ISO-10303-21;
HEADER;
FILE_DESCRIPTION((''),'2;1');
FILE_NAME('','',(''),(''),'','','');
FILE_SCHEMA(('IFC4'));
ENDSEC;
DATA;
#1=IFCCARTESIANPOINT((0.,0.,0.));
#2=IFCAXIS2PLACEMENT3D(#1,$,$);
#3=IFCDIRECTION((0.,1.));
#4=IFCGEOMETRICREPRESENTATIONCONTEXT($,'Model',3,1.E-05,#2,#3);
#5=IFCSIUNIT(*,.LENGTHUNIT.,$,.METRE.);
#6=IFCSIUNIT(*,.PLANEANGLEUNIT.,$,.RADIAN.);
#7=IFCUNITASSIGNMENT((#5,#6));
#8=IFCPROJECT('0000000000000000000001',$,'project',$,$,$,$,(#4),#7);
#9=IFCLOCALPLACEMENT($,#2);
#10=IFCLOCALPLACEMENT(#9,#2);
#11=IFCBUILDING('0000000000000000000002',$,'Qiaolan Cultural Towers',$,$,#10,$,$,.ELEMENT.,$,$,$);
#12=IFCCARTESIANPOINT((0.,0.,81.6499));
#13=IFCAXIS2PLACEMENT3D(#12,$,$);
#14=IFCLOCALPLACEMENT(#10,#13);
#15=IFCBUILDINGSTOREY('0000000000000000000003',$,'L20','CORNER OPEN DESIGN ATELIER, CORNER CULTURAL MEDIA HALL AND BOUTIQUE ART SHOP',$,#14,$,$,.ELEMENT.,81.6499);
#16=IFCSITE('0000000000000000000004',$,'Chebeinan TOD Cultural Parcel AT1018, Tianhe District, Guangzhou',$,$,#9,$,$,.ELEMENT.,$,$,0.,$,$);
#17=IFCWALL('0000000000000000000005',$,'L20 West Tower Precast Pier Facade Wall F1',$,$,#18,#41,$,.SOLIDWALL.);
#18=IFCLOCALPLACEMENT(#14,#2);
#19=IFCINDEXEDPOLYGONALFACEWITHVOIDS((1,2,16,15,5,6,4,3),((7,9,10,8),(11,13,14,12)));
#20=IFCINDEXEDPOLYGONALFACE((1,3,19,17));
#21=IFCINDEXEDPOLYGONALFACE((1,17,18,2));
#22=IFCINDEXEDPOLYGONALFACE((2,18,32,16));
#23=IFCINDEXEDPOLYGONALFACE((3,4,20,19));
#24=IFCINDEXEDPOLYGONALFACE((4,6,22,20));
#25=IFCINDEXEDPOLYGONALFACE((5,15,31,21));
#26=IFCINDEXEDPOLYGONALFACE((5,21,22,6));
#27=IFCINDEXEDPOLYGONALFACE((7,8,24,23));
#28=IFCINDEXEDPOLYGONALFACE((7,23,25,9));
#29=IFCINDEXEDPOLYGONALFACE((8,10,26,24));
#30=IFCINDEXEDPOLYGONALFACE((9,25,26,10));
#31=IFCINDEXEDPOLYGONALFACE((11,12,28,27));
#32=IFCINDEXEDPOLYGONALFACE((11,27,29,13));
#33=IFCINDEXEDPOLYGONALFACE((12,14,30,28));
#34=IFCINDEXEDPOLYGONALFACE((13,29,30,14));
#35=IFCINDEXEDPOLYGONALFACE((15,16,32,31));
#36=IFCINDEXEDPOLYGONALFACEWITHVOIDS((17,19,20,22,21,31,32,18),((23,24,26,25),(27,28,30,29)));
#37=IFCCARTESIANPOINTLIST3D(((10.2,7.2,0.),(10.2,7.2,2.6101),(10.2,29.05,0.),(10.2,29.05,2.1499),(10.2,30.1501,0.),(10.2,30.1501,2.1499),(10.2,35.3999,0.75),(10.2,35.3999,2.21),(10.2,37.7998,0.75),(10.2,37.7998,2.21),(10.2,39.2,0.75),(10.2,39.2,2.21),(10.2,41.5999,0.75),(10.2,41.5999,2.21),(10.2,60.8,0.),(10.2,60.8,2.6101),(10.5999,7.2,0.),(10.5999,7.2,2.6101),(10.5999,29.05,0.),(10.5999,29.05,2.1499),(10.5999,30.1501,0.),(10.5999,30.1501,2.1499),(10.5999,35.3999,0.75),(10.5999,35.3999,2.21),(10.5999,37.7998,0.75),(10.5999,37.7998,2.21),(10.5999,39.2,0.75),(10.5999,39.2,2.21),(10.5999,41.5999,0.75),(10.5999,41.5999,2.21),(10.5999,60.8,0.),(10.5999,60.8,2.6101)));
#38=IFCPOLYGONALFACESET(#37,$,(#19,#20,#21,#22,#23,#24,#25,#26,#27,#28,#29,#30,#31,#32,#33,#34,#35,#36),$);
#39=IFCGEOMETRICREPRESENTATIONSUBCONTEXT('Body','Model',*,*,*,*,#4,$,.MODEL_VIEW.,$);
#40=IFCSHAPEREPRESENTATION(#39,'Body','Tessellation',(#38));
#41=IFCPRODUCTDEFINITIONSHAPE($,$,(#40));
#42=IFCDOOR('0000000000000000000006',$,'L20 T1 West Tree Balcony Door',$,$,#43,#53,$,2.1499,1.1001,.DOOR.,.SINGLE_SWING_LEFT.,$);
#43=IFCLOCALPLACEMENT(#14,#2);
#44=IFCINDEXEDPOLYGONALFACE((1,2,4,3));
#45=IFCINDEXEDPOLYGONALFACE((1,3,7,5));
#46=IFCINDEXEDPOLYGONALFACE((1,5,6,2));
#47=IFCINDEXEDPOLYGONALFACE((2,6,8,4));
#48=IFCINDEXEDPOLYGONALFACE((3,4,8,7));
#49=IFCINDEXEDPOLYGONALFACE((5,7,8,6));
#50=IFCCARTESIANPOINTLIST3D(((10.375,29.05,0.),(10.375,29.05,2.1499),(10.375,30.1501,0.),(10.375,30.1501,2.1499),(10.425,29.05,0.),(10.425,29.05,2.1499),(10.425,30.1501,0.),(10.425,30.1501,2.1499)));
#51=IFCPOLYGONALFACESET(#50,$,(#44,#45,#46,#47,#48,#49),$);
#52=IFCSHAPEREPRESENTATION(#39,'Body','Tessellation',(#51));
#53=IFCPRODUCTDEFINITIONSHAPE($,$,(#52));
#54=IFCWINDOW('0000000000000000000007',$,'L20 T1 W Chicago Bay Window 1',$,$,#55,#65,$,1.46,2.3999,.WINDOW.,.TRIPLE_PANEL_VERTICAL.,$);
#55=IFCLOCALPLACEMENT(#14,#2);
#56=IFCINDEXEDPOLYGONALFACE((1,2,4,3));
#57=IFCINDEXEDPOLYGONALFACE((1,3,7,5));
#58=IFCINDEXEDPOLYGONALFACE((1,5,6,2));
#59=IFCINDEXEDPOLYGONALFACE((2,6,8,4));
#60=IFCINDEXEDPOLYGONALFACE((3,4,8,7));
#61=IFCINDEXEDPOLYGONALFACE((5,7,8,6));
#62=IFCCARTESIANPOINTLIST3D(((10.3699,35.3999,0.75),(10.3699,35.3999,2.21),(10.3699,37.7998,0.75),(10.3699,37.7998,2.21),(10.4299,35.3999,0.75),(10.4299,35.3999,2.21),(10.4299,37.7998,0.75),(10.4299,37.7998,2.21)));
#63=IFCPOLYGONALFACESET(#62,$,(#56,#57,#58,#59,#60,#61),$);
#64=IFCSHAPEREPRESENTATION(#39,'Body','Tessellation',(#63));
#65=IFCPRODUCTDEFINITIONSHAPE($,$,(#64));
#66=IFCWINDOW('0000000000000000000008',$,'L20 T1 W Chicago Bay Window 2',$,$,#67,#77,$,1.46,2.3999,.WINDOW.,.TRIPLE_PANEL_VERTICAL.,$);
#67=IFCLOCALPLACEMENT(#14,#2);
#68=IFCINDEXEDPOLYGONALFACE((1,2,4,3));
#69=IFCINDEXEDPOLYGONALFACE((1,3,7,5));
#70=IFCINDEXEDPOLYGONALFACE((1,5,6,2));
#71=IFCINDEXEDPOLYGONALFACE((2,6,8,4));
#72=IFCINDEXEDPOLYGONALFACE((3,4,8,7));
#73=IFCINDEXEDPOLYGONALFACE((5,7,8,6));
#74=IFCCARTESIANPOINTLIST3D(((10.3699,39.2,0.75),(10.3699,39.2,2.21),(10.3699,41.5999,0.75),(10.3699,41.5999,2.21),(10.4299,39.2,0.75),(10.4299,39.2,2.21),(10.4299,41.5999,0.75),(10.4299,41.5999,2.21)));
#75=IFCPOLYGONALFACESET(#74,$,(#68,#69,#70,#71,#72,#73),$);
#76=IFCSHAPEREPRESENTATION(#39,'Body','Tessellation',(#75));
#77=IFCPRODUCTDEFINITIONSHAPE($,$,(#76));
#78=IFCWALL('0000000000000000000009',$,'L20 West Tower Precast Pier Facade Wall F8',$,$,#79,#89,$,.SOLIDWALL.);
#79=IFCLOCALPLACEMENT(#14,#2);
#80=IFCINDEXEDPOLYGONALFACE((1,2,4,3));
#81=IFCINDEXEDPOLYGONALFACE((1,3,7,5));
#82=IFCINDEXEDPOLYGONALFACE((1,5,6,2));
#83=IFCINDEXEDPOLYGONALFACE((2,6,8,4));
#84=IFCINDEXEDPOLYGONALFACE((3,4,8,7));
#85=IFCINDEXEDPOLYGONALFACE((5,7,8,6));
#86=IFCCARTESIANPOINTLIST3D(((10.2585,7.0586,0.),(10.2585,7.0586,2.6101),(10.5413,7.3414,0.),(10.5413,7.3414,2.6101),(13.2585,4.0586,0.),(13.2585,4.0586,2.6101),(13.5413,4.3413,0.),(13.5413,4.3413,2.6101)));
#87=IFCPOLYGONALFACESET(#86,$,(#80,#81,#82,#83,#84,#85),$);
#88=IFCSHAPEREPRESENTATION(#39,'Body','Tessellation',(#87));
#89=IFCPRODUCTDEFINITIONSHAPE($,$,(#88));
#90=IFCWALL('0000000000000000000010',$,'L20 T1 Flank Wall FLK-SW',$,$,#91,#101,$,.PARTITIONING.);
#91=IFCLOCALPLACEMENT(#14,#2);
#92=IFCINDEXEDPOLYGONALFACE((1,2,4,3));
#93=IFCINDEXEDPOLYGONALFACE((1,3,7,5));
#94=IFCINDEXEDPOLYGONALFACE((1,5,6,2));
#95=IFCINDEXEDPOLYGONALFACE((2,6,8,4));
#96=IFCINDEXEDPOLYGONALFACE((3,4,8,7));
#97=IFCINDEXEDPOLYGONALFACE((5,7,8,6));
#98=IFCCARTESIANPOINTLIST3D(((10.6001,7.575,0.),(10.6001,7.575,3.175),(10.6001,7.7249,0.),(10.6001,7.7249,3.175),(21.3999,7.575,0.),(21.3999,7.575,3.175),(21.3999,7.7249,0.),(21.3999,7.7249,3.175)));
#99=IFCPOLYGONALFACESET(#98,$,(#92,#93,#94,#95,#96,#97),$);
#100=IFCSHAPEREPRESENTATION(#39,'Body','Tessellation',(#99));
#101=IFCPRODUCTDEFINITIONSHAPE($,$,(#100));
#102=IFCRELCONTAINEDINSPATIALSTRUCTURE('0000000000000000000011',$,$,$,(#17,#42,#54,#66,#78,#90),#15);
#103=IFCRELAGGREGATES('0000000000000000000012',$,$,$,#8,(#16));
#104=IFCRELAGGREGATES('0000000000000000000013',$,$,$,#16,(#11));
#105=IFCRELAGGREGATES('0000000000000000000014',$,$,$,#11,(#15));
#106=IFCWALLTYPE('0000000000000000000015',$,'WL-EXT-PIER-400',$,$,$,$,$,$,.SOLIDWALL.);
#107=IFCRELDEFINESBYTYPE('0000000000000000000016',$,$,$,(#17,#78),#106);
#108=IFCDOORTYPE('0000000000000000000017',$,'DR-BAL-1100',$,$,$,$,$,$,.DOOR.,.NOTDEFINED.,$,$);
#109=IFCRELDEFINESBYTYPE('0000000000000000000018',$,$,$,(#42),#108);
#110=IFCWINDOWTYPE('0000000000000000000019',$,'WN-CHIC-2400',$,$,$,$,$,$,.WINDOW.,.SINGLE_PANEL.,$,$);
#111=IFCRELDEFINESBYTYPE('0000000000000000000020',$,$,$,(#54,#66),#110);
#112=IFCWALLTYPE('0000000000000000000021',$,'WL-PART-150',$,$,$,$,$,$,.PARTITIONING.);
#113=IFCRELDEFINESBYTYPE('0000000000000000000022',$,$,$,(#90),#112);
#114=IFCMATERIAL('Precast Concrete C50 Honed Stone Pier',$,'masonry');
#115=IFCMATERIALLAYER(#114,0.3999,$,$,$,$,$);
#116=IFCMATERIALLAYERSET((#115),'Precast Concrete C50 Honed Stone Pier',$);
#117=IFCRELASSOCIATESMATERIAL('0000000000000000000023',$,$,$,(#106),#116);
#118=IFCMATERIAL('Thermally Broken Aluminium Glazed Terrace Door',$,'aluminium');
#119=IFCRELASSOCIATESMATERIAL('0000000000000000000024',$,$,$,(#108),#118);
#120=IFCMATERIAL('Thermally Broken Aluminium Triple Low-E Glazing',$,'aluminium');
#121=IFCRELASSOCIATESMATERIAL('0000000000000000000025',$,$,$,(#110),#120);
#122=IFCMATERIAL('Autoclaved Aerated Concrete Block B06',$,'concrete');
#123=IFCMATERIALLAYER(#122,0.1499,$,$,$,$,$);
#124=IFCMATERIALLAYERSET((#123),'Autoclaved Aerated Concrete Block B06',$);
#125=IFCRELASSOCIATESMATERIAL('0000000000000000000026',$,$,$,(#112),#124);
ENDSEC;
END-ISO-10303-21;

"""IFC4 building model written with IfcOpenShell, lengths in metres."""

from ifc_helpers import new_model, si_unit, direction, frame, frame_2d, origin, place, context, subcontext, project, spatial, rectangle, extrude, material, layer, layer_set, type_object, element, fill, save


model = new_model("IFC4")

# Units and contexts
model_context = context("Model", 3, precision=1e-05, world=origin(), true_north=direction((0.0, 1.0)))
body_context = subcontext(model_context, "Body", "Model", "MODEL_VIEW")
ifc_project = project(units=[si_unit("LENGTHUNIT", "METRE"), si_unit("PLANEANGLEUNIT", "RADIAN")], contexts=[model_context])

# Site, building, storey
site_placement = place(None, origin())
site = spatial("IfcSite", under=ifc_project, at=site_placement, Name="Chebeinan TOD Cultural Parcel AT1018, Tianhe District, Guangzhou", CompositionType="ELEMENT", RefElevation=0.0)
building_placement = place(site_placement, origin())
building = spatial("IfcBuilding", under=site, at=building_placement, Name="Qiaolan Cultural Towers", CompositionType="ELEMENT")
storey_placement = place(building_placement, frame((0.0, 0.0, 81.6499)))
storey = spatial("IfcBuildingStorey", under=building, at=storey_placement, Name="L20", Description="CORNER OPEN DESIGN ATELIER, CORNER CULTURAL MEDIA HALL AND BOUTIQUE ART SHOP", CompositionType="ELEMENT", Elevation=81.6499)

# Wall, openings, door, windows
ifc_material_1 = material(Name="Precast Concrete C50 Honed Stone Pier", Category="masonry")
ifc_layer_1 = layer(ifc_material_1, 0.3999)
ifc_layer_set_1 = layer_set([ifc_layer_1], Name="Precast Concrete C50 Honed Stone Pier")
wall_type_1 = type_object("IfcWallType", Name="WL-EXT-PIER-400", PredefinedType="SOLIDWALL", material=ifc_layer_set_1)
wall_1_placement = place(storey_placement, frame((10.3999, 7.2, 0.0), z_axis=(0.0, 0.0, 1.0), x_axis=(0.0, 1.0, 0.0)))
wall_1 = element("IfcWall", 1, at=wall_1_placement, inside=storey, type_object=wall_type_1, Name="L20 West Tower Precast Pier Facade Wall F1", PredefinedType="SOLIDWALL", context=body_context, shape_type="SweptSolid", body=[
    extrude(rectangle(XDim=53.6001, YDim=0.3999, at=frame_2d((26.8, 0.0))), origin(), (0.0, 0.0, 1.0), 2.6101),
])
opening_1_placement = place(wall_1_placement, frame((28.2, 0.0, 0.75)))
opening_1 = element("IfcOpeningElement", 2, at=opening_1_placement, cuts=wall_1, PredefinedType="OPENING", context=body_context, shape_type="SweptSolid", body=[
    extrude(rectangle(XDim=2.3999, YDim=1.46, at=frame_2d((1.2, 0.73))), frame((0.0, 0.21, 0.0), z_axis=(0.0, -1.0, 0.0), x_axis=(1.0, 0.0, 0.0)), (0.0, 0.0, 1.0), 0.4199),
])
opening_2_placement = place(wall_1_placement, frame((32.0, 0.0, 0.75)))
opening_2 = element("IfcOpeningElement", 3, at=opening_2_placement, cuts=wall_1, PredefinedType="OPENING", context=body_context, shape_type="SweptSolid", body=[
    extrude(rectangle(XDim=2.3999, YDim=1.46, at=frame_2d((1.2, 0.73))), frame((0.0, 0.21, 0.0), z_axis=(0.0, -1.0, 0.0), x_axis=(1.0, 0.0, 0.0)), (0.0, 0.0, 1.0), 0.4199),
])
opening_3_placement = place(wall_1_placement, frame((21.8501, 0.0, 0.0)))
opening_3 = element("IfcOpeningElement", 4, at=opening_3_placement, cuts=wall_1, PredefinedType="OPENING", context=body_context, shape_type="SweptSolid", body=[
    extrude(rectangle(XDim=1.1001, YDim=2.1499, at=frame_2d((0.55, 1.075))), frame((0.0, 0.21, 0.0), z_axis=(0.0, -1.0, 0.0), x_axis=(1.0, 0.0, 0.0)), (0.0, 0.0, 1.0), 0.4199),
])
ifc_material_2 = material(Name="Thermally Broken Aluminium Glazed Terrace Door", Category="aluminium")
door_type = type_object("IfcDoorType", Name="DR-BAL-1100", OperationType="NOTDEFINED", PredefinedType="DOOR", material=ifc_material_2)
door_placement = place(opening_3_placement, origin())
door = element("IfcDoor", 5, at=door_placement, inside=storey, type_object=door_type, Name="L20 T1 West Tree Balcony Door", OperationType="SINGLE_SWING_LEFT", OverallHeight=2.1499, OverallWidth=1.1001, PredefinedType="DOOR", context=body_context, shape_type="SweptSolid", body=[
    extrude(rectangle(XDim=1.1001, YDim=2.1499, at=frame_2d((0.55, 1.075))), frame((0.0, 0.0249, 0.0), z_axis=(0.0, -1.0, 0.0), x_axis=(1.0, 0.0, 0.0)), (0.0, 0.0, 1.0), 0.05),
])
fill(opening_3, door)
ifc_material_3 = material(Name="Thermally Broken Aluminium Triple Low-E Glazing", Category="aluminium")
window_type = type_object("IfcWindowType", Name="WN-CHIC-2400", PartitioningType="SINGLE_PANEL", PredefinedType="WINDOW", material=ifc_material_3)
window_1_placement = place(opening_1_placement, origin())
window_1 = element("IfcWindow", 6, at=window_1_placement, inside=storey, type_object=window_type, Name="L20 T1 W Chicago Bay Window 1", OverallHeight=1.46, OverallWidth=2.3999, PartitioningType="TRIPLE_PANEL_VERTICAL", PredefinedType="WINDOW", context=body_context, shape_type="SweptSolid", body=[
    extrude(rectangle(XDim=2.3999, YDim=1.46, at=frame_2d((1.2, 0.73))), frame((0.0, 0.03, 0.0), z_axis=(0.0, -1.0, 0.0), x_axis=(1.0, 0.0, 0.0)), (0.0, 0.0, 1.0), 0.0601),
])
fill(opening_1, window_1)
window_2_placement = place(opening_2_placement, origin())
window_2 = element("IfcWindow", 7, at=window_2_placement, inside=storey, type_object=window_type, Name="L20 T1 W Chicago Bay Window 2", OverallHeight=1.46, OverallWidth=2.3999, PartitioningType="TRIPLE_PANEL_VERTICAL", PredefinedType="WINDOW", context=body_context, shape_type="SweptSolid", body=[
    extrude(rectangle(XDim=2.3999, YDim=1.46, at=frame_2d((1.2, 0.73))), frame((0.0, 0.03, 0.0), z_axis=(0.0, -1.0, 0.0), x_axis=(1.0, 0.0, 0.0)), (0.0, 0.0, 1.0), 0.0601),
])
fill(opening_2, window_2)

# Walls
wall_2_placement = place(storey_placement, frame((13.3999, 4.2, 0.0), z_axis=(0.0, 0.0, 1.0), x_axis=(-0.707107, 0.707107, 0.0)))
element("IfcWall", 8, at=wall_2_placement, inside=storey, type_object=wall_type_1, Name="L20 West Tower Precast Pier Facade Wall F8", PredefinedType="SOLIDWALL", context=body_context, shape_type="SweptSolid", body=[
    extrude(rectangle(XDim=4.2427, YDim=0.3999, at=frame_2d((2.1213, 0.0))), origin(), (0.0, 0.0, 1.0), 2.6101),
])
ifc_material_4 = material(Name="Autoclaved Aerated Concrete Block B06", Category="concrete")
ifc_layer_2 = layer(ifc_material_4, 0.1499)
ifc_layer_set_2 = layer_set([ifc_layer_2], Name="Autoclaved Aerated Concrete Block B06")
wall_type_2 = type_object("IfcWallType", Name="WL-PART-150", PredefinedType="PARTITIONING", material=ifc_layer_set_2)
wall_3_placement = place(storey_placement, frame((10.6001, 7.6499, 0.0), z_axis=(0.0, 0.0, 1.0), x_axis=(1.0, 0.0, 0.0)))
element("IfcWall", 9, at=wall_3_placement, inside=storey, type_object=wall_type_2, Name="L20 T1 Flank Wall FLK-SW", PredefinedType="PARTITIONING", context=body_context, shape_type="SweptSolid", body=[
    extrude(rectangle(XDim=10.7998, YDim=0.1499, at=frame_2d((5.3999, 0.0))), origin(), (0.0, 0.0, 1.0), 3.175),
])

save(model, "model.ifc")
